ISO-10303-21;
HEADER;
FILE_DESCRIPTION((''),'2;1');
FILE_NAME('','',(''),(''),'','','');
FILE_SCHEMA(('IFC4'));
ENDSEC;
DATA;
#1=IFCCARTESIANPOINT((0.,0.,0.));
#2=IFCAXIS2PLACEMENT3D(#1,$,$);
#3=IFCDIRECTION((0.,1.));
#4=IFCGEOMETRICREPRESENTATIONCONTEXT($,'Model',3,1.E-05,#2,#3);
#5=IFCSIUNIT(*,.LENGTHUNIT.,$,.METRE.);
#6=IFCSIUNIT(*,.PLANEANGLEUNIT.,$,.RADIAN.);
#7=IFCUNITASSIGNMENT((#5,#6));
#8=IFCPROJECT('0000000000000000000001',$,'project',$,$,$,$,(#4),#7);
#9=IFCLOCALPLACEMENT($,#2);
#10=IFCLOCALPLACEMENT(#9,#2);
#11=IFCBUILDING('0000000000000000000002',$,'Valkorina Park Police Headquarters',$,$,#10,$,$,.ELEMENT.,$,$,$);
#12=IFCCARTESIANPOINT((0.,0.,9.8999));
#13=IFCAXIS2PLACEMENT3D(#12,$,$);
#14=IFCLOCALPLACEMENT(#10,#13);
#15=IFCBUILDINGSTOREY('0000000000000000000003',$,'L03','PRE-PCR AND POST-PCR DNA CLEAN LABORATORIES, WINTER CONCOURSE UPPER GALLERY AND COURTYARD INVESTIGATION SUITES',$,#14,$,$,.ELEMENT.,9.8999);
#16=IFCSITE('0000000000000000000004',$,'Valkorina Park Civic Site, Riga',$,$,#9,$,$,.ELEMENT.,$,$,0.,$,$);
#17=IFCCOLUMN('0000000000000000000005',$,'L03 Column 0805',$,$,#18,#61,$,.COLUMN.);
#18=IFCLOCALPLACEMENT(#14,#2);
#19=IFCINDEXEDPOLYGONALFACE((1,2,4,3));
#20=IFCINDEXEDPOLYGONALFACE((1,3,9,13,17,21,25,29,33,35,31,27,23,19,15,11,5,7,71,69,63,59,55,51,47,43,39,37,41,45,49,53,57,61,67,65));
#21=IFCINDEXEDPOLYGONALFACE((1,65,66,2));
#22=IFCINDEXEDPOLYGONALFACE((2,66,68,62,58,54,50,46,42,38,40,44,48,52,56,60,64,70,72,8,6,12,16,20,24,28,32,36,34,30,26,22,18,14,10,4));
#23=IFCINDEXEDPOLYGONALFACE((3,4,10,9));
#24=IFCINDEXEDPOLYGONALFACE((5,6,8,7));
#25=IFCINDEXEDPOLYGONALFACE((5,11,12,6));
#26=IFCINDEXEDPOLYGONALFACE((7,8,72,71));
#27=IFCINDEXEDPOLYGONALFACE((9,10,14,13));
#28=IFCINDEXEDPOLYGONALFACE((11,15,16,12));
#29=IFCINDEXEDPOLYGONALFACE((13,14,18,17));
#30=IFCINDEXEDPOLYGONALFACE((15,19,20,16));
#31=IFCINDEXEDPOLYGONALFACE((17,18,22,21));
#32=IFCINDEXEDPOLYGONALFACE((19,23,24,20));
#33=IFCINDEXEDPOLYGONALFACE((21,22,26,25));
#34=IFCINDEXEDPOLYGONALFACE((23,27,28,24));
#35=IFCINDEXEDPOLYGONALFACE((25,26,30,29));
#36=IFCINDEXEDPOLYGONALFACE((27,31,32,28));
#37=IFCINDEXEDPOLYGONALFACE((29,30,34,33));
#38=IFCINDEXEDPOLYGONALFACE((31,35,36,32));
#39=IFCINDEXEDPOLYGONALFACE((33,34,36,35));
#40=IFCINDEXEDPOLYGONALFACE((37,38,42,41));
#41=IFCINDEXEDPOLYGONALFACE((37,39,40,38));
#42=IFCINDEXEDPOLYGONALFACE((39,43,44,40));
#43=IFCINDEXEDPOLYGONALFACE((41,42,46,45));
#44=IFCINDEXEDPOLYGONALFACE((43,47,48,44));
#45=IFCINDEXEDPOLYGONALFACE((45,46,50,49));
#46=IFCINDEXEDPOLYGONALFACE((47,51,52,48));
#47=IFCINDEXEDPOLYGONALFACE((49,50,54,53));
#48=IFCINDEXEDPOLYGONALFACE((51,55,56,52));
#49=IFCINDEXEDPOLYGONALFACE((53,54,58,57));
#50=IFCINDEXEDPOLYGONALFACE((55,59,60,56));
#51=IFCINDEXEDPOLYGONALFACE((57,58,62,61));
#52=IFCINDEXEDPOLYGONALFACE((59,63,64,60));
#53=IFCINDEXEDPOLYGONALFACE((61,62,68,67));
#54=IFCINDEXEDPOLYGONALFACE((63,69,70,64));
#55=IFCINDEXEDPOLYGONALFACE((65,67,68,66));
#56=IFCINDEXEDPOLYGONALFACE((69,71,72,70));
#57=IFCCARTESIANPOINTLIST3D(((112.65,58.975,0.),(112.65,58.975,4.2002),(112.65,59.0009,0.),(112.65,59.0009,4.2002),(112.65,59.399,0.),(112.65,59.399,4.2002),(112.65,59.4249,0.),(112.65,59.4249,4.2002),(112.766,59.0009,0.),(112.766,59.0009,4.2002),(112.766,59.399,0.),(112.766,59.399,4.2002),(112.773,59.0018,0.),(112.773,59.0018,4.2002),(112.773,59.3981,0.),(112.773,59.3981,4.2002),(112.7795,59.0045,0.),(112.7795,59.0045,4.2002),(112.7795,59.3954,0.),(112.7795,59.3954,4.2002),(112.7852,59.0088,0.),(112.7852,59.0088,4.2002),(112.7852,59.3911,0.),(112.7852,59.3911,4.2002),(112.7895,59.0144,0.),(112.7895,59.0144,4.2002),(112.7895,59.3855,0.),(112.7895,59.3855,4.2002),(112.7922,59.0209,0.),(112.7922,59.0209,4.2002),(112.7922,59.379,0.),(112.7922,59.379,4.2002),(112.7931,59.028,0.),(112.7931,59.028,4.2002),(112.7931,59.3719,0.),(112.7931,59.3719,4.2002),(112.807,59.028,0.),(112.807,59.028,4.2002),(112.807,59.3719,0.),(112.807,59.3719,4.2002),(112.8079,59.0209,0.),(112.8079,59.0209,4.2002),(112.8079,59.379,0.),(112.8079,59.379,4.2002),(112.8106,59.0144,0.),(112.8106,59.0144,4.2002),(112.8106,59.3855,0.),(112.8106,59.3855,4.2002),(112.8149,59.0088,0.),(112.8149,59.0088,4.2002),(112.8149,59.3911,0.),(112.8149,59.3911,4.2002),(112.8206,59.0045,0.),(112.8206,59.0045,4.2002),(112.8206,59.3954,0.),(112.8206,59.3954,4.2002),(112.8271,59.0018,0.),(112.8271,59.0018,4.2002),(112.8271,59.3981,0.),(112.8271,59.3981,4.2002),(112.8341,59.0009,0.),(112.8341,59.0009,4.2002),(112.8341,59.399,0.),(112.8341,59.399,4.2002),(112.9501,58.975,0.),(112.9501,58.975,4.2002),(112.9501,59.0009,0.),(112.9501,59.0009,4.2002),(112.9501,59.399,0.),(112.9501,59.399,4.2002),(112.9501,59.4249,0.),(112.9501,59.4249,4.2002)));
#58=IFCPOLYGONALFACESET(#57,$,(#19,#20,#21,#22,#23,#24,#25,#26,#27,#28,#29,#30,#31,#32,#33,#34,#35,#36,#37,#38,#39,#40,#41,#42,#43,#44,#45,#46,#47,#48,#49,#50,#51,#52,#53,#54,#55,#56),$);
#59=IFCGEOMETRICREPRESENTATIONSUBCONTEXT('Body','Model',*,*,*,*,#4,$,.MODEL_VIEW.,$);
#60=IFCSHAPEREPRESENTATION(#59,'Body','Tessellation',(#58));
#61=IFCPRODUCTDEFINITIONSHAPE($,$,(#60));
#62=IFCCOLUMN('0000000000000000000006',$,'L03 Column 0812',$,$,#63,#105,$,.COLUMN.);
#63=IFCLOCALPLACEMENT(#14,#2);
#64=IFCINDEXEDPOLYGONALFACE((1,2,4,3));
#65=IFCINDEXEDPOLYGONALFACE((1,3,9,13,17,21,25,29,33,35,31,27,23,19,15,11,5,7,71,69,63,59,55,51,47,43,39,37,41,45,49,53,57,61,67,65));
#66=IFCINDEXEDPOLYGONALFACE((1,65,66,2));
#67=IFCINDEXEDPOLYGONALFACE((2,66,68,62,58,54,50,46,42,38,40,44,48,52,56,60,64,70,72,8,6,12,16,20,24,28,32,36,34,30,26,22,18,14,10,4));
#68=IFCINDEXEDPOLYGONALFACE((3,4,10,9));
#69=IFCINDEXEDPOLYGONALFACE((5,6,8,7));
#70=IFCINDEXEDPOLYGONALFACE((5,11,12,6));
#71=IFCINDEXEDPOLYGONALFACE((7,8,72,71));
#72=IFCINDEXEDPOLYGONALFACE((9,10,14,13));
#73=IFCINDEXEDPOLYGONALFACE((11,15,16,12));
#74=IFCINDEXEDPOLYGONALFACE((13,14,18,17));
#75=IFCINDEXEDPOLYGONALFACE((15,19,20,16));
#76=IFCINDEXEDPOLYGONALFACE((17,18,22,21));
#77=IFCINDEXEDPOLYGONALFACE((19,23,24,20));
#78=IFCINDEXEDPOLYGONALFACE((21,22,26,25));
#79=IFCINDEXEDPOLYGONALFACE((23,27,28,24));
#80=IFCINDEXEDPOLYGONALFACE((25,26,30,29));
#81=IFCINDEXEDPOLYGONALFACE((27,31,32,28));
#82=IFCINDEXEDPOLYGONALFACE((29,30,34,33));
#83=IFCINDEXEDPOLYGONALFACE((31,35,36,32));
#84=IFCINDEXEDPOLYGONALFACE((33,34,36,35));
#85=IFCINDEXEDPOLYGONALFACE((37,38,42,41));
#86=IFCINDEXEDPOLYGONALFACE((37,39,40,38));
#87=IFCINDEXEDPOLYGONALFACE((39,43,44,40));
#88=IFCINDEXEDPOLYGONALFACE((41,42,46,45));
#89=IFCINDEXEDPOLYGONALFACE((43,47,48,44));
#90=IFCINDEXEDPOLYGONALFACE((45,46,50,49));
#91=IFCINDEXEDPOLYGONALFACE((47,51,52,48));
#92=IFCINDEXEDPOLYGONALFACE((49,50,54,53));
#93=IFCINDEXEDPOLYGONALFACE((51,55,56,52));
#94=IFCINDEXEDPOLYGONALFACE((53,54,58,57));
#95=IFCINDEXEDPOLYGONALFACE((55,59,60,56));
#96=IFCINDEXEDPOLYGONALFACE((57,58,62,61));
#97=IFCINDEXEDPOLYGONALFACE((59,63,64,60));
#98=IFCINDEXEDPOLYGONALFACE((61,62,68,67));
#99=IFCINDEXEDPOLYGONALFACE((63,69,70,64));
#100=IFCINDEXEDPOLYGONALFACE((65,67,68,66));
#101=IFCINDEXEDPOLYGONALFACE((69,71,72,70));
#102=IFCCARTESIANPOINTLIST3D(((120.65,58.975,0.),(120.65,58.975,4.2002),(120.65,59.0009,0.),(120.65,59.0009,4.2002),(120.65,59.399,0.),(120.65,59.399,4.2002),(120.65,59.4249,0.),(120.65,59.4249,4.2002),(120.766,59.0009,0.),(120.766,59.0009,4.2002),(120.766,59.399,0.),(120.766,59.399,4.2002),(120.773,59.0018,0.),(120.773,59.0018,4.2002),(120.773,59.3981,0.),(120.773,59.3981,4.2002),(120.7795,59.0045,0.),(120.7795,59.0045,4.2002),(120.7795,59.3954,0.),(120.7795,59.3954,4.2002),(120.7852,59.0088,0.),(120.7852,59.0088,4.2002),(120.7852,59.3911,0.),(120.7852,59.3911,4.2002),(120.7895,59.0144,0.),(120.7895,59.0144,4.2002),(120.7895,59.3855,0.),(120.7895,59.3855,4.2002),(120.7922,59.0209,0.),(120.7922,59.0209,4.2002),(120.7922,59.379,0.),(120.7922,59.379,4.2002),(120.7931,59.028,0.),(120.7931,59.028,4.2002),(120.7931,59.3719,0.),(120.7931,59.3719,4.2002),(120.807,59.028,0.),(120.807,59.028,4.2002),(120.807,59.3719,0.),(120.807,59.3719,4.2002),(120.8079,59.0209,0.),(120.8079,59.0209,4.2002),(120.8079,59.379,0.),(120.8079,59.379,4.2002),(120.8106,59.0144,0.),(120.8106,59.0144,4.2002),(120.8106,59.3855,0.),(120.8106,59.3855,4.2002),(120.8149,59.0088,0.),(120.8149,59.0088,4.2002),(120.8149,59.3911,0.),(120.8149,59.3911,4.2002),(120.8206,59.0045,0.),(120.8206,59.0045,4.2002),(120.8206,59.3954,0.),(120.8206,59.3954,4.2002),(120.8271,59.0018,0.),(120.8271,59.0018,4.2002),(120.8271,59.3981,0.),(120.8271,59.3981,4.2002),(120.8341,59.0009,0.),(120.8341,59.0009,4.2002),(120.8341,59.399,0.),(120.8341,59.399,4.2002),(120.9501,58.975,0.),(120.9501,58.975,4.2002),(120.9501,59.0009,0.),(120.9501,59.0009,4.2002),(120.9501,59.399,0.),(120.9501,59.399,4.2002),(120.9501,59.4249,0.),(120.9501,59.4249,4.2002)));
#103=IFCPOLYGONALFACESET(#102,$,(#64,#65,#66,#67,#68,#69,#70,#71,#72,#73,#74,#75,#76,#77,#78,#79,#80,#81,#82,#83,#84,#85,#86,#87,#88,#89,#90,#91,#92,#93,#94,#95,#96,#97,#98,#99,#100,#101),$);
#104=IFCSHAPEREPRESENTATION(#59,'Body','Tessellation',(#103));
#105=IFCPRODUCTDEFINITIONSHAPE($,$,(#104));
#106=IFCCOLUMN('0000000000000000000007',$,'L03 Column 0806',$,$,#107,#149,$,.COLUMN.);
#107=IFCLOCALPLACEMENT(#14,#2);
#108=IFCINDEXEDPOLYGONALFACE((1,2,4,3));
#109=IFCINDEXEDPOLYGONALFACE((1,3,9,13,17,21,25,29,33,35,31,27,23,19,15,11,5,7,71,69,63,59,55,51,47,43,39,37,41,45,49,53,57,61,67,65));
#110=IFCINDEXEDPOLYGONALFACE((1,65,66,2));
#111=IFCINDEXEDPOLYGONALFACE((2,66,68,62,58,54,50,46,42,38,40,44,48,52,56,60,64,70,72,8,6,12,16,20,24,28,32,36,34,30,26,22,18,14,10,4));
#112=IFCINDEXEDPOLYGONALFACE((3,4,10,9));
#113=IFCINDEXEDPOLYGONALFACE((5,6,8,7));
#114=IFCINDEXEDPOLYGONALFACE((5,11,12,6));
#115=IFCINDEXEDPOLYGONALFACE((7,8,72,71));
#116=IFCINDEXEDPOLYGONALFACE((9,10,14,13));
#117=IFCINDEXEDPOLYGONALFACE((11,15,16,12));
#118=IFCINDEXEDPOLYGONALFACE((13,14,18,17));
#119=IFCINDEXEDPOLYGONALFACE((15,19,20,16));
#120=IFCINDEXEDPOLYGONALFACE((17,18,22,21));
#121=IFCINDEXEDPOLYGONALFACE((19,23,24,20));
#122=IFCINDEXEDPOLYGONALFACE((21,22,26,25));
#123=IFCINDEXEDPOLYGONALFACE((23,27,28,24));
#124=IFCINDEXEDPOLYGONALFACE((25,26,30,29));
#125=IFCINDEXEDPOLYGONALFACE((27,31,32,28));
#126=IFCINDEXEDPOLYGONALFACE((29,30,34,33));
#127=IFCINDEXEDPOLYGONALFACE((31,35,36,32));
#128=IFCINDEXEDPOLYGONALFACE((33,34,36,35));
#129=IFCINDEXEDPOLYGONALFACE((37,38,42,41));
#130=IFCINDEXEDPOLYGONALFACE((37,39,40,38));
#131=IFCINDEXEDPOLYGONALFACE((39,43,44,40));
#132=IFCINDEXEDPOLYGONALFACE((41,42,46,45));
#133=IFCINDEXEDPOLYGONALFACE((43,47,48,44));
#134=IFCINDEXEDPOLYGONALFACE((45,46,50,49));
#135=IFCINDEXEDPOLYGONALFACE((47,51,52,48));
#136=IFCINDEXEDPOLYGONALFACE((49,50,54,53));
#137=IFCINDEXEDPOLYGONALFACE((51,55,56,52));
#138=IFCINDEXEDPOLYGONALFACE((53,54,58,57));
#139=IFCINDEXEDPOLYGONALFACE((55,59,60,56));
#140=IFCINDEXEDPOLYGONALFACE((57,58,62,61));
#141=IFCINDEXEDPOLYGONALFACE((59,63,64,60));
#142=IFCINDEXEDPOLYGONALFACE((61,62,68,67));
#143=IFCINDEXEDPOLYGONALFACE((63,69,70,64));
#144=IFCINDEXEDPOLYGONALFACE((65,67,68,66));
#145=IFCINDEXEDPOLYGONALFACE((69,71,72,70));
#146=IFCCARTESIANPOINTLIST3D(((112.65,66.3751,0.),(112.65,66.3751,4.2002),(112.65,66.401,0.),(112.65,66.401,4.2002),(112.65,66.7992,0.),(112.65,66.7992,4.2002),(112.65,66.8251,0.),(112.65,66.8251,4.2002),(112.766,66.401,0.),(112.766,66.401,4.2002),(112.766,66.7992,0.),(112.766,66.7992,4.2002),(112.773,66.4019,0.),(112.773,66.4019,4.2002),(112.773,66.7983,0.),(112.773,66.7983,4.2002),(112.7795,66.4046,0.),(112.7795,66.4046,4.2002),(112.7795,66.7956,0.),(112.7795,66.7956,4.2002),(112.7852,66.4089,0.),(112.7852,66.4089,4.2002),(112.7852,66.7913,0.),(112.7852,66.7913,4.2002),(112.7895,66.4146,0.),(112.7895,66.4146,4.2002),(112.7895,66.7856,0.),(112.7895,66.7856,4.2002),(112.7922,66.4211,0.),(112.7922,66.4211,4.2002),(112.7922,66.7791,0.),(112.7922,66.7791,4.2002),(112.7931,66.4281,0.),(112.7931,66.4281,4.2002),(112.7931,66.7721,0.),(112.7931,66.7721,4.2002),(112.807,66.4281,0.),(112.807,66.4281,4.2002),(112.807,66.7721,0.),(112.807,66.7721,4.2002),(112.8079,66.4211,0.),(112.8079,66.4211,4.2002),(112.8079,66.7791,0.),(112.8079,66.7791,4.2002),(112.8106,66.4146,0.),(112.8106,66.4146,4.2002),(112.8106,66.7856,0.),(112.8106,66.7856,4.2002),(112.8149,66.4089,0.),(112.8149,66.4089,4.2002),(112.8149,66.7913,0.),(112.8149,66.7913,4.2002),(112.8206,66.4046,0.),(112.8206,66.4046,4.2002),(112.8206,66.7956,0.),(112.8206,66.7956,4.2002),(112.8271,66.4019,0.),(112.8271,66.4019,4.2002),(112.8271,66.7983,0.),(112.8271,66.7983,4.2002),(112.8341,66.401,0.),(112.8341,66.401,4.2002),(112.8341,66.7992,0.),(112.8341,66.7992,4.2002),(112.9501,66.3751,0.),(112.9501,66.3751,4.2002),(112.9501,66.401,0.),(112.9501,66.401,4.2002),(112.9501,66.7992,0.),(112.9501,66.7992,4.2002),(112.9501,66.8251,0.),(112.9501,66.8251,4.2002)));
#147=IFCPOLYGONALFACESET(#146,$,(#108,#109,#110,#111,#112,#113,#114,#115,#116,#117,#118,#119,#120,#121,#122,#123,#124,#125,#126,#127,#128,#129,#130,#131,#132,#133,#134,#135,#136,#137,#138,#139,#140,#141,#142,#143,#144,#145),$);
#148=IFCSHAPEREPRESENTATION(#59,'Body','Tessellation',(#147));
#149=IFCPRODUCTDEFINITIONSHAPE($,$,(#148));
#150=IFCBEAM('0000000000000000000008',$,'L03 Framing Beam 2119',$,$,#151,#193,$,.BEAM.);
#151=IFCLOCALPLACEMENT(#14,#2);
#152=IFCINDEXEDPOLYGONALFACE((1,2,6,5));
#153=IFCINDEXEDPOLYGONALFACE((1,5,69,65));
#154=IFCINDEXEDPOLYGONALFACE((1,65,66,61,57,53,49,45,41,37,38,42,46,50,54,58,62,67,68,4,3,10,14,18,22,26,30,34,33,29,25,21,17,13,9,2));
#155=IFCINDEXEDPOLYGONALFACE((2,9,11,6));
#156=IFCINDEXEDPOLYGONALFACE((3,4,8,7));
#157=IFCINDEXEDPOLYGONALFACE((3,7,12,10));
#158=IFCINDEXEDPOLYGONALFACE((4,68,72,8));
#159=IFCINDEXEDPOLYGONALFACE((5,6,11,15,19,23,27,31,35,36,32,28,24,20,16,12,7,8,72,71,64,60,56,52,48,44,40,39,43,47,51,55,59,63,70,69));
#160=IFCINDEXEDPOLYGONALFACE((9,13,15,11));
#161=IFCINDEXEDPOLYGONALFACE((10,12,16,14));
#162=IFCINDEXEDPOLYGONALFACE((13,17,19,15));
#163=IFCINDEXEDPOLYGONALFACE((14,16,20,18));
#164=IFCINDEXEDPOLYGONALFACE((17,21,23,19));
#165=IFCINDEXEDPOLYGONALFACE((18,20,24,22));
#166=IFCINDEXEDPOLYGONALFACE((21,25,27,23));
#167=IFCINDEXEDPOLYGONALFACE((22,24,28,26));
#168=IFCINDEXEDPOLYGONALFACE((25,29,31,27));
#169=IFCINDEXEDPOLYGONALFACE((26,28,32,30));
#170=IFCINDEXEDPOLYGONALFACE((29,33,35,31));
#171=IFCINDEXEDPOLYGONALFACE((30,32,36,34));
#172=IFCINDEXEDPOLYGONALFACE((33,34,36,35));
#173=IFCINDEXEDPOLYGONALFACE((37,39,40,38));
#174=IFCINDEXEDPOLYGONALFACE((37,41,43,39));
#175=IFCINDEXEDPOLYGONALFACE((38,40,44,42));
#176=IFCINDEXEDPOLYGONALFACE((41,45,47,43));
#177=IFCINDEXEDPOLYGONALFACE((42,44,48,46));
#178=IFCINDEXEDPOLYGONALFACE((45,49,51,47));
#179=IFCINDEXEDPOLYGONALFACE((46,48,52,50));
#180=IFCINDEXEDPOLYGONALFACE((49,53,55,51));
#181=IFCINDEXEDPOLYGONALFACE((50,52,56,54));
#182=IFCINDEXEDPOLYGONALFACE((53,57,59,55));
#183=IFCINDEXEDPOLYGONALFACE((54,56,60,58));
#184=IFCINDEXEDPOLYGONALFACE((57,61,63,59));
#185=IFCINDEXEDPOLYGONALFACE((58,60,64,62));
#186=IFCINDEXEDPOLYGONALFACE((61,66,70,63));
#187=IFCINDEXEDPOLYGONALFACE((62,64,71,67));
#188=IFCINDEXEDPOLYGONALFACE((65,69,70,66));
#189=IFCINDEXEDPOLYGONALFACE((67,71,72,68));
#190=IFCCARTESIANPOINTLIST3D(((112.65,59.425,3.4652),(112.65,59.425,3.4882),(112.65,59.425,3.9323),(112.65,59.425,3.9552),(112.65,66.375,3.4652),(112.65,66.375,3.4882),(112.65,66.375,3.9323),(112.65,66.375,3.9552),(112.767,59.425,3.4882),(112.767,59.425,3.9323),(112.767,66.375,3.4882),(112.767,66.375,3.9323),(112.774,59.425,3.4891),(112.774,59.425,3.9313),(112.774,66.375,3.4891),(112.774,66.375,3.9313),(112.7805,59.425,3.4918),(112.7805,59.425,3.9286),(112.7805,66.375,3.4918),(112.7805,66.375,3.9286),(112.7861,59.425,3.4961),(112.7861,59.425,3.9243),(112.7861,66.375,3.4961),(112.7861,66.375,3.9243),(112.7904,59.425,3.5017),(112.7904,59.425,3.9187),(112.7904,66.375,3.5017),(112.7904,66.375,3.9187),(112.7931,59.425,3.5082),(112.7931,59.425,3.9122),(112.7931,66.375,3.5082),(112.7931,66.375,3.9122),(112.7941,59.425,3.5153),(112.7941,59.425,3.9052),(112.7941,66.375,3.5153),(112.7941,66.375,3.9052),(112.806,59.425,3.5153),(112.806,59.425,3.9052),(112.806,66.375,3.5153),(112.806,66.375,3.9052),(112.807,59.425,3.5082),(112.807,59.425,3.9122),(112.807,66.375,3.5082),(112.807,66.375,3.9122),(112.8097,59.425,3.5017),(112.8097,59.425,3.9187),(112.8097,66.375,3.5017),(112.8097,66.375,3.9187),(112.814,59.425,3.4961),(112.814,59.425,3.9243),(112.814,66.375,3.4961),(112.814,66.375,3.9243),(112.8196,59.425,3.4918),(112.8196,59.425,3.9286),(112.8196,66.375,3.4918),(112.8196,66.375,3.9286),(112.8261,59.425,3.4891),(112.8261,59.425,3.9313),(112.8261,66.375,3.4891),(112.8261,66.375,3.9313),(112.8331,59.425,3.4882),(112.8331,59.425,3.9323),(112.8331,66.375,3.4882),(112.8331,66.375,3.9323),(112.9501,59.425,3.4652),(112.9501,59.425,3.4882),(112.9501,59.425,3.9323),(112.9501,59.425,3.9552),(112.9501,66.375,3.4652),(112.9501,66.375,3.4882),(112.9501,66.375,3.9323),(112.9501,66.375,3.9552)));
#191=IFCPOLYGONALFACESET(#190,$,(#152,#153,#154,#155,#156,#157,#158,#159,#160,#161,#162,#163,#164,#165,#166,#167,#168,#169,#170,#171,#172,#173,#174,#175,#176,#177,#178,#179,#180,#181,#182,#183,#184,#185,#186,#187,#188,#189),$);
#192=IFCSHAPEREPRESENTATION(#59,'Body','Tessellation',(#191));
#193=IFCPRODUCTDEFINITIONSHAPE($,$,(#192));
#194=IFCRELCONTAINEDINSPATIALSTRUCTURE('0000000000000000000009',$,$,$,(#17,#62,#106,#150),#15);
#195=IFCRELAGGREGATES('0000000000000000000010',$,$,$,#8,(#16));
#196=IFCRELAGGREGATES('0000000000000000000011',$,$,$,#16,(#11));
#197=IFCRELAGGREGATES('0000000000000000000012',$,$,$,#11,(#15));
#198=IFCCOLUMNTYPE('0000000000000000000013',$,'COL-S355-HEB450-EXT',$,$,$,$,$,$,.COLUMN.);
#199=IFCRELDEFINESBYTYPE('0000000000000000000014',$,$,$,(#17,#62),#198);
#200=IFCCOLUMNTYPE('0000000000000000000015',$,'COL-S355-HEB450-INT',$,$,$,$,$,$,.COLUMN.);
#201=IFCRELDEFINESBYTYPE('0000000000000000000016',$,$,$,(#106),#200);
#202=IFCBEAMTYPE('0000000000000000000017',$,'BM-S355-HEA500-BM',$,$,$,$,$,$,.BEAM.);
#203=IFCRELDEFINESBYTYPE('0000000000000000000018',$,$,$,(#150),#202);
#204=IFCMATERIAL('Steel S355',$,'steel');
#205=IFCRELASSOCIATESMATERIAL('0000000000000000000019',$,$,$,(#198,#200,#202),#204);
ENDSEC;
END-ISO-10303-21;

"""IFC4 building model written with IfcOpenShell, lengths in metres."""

from ifc_helpers import new_model, si_unit, direction, frame, origin, origin_2d, place, context, subcontext, project, spatial, i_section, extrude, material, material_profile, profile_set, type_object, element, save


model = new_model("IFC4")

# Units and contexts
model_context = context("Model", 3, precision=1e-05, world=origin(), true_north=direction((0.0, 1.0)))
body_context = subcontext(model_context, "Body", "Model", "MODEL_VIEW")
ifc_project = project(units=[si_unit("LENGTHUNIT", "METRE"), si_unit("PLANEANGLEUNIT", "RADIAN")], contexts=[model_context])

# Site, building, storey
site_placement = place(None, origin())
site = spatial("IfcSite", under=ifc_project, at=site_placement, Name="Valkorina Park Civic Site, Riga", CompositionType="ELEMENT", RefElevation=0.0)
building_placement = place(site_placement, origin())
building = spatial("IfcBuilding", under=site, at=building_placement, Name="Valkorina Park Police Headquarters", CompositionType="ELEMENT")
storey_placement = place(building_placement, frame((0.0, 0.0, 9.8999)))
storey = spatial("IfcBuildingStorey", under=building, at=storey_placement, Name="L03", Description="PRE-PCR AND POST-PCR DNA CLEAN LABORATORIES, WINTER CONCOURSE UPPER GALLERY AND COURTYARD INVESTIGATION SUITES", CompositionType="ELEMENT", Elevation=9.8999)

# Columns
ifc_material_1 = material(Name="Steel S355", Category="steel")
ifc_material_profile_1 = material_profile(ifc_material_1, i_section(OverallWidth=0.3, OverallDepth=0.45, WebThickness=0.0139, FlangeThickness=0.0259, FilletRadius=0.0271, at=origin_2d()), Name="HEB 450")
ifc_profile_set_1 = profile_set([ifc_material_profile_1], Name="Steel S355")
column_type_1 = type_object("IfcColumnType", Name="COL-S355-HEB450-EXT", PredefinedType="COLUMN", material=ifc_profile_set_1)
for number, where, z_axis, x_axis, name in (
    (1, (112.8, 59.2, 0.0), (0.0, 0.0, 1.0), (1.0, 0.0, 0.0), "L03 Column 0805"),
    (2, (120.8, 59.2, 0.0), (0.0, 0.0, 1.0), (1.0, 0.0, 0.0), "L03 Column 0812"),
):
    element("IfcColumn", number, at=place(storey_placement, frame(where, z_axis=z_axis, x_axis=x_axis)), inside=storey, type_object=column_type_1, Name=name, PredefinedType="COLUMN", context=body_context, shape_type="SweptSolid", body=[
        extrude(i_section(OverallWidth=0.3, OverallDepth=0.45, WebThickness=0.0139, FlangeThickness=0.0259, FilletRadius=0.0271, at=origin_2d()), origin(), (0.0, 0.0, 1.0), 4.2002),
    ])
ifc_material_profile_2 = material_profile(ifc_material_1, i_section(OverallWidth=0.3, OverallDepth=0.45, WebThickness=0.0139, FlangeThickness=0.0259, FilletRadius=0.0271, at=origin_2d()), Name="HEB 450")
ifc_profile_set_2 = profile_set([ifc_material_profile_2], Name="Steel S355")
column_type_2 = type_object("IfcColumnType", Name="COL-S355-HEB450-INT", PredefinedType="COLUMN", material=ifc_profile_set_2)
column_placement = place(storey_placement, frame((112.8, 66.6001, 0.0), z_axis=(0.0, 0.0, 1.0), x_axis=(1.0, 0.0, 0.0)))
element("IfcColumn", 3, at=column_placement, inside=storey, type_object=column_type_2, Name="L03 Column 0806", PredefinedType="COLUMN", context=body_context, shape_type="SweptSolid", body=[
    extrude(i_section(OverallWidth=0.3, OverallDepth=0.45, WebThickness=0.0139, FlangeThickness=0.0259, FilletRadius=0.0271, at=origin_2d()), origin(), (0.0, 0.0, 1.0), 4.2002),
])

# Beam
ifc_material_profile_3 = material_profile(ifc_material_1, i_section(OverallWidth=0.3, OverallDepth=0.49, WebThickness=0.012, FlangeThickness=0.0229, FilletRadius=0.0271, at=origin_2d()), Name="HEA 500")
ifc_profile_set_3 = profile_set([ifc_material_profile_3], Name="Steel S355")
beam_type_1 = type_object("IfcBeamType", Name="BM-S355-HEA500-BM", PredefinedType="BEAM", material=ifc_profile_set_3)
for number, where, z_axis, x_axis, name in (
    (4, (112.8, 59.425, 3.7102), (0.0, 1.0, 0.0), (-1.0, 0.0, 0.0), "L03 Framing Beam 2119"),
):
    element("IfcBeam", number, at=place(storey_placement, frame(where, z_axis=z_axis, x_axis=x_axis)), inside=storey, type_object=beam_type_1, Name=name, PredefinedType="BEAM", context=body_context, shape_type="SweptSolid", body=[
        extrude(i_section(OverallWidth=0.3, OverallDepth=0.49, WebThickness=0.012, FlangeThickness=0.0229, FilletRadius=0.0271, at=origin_2d()), origin(), (0.0, 0.0, 1.0), 6.95),
    ])

save(model, "model.ifc")
